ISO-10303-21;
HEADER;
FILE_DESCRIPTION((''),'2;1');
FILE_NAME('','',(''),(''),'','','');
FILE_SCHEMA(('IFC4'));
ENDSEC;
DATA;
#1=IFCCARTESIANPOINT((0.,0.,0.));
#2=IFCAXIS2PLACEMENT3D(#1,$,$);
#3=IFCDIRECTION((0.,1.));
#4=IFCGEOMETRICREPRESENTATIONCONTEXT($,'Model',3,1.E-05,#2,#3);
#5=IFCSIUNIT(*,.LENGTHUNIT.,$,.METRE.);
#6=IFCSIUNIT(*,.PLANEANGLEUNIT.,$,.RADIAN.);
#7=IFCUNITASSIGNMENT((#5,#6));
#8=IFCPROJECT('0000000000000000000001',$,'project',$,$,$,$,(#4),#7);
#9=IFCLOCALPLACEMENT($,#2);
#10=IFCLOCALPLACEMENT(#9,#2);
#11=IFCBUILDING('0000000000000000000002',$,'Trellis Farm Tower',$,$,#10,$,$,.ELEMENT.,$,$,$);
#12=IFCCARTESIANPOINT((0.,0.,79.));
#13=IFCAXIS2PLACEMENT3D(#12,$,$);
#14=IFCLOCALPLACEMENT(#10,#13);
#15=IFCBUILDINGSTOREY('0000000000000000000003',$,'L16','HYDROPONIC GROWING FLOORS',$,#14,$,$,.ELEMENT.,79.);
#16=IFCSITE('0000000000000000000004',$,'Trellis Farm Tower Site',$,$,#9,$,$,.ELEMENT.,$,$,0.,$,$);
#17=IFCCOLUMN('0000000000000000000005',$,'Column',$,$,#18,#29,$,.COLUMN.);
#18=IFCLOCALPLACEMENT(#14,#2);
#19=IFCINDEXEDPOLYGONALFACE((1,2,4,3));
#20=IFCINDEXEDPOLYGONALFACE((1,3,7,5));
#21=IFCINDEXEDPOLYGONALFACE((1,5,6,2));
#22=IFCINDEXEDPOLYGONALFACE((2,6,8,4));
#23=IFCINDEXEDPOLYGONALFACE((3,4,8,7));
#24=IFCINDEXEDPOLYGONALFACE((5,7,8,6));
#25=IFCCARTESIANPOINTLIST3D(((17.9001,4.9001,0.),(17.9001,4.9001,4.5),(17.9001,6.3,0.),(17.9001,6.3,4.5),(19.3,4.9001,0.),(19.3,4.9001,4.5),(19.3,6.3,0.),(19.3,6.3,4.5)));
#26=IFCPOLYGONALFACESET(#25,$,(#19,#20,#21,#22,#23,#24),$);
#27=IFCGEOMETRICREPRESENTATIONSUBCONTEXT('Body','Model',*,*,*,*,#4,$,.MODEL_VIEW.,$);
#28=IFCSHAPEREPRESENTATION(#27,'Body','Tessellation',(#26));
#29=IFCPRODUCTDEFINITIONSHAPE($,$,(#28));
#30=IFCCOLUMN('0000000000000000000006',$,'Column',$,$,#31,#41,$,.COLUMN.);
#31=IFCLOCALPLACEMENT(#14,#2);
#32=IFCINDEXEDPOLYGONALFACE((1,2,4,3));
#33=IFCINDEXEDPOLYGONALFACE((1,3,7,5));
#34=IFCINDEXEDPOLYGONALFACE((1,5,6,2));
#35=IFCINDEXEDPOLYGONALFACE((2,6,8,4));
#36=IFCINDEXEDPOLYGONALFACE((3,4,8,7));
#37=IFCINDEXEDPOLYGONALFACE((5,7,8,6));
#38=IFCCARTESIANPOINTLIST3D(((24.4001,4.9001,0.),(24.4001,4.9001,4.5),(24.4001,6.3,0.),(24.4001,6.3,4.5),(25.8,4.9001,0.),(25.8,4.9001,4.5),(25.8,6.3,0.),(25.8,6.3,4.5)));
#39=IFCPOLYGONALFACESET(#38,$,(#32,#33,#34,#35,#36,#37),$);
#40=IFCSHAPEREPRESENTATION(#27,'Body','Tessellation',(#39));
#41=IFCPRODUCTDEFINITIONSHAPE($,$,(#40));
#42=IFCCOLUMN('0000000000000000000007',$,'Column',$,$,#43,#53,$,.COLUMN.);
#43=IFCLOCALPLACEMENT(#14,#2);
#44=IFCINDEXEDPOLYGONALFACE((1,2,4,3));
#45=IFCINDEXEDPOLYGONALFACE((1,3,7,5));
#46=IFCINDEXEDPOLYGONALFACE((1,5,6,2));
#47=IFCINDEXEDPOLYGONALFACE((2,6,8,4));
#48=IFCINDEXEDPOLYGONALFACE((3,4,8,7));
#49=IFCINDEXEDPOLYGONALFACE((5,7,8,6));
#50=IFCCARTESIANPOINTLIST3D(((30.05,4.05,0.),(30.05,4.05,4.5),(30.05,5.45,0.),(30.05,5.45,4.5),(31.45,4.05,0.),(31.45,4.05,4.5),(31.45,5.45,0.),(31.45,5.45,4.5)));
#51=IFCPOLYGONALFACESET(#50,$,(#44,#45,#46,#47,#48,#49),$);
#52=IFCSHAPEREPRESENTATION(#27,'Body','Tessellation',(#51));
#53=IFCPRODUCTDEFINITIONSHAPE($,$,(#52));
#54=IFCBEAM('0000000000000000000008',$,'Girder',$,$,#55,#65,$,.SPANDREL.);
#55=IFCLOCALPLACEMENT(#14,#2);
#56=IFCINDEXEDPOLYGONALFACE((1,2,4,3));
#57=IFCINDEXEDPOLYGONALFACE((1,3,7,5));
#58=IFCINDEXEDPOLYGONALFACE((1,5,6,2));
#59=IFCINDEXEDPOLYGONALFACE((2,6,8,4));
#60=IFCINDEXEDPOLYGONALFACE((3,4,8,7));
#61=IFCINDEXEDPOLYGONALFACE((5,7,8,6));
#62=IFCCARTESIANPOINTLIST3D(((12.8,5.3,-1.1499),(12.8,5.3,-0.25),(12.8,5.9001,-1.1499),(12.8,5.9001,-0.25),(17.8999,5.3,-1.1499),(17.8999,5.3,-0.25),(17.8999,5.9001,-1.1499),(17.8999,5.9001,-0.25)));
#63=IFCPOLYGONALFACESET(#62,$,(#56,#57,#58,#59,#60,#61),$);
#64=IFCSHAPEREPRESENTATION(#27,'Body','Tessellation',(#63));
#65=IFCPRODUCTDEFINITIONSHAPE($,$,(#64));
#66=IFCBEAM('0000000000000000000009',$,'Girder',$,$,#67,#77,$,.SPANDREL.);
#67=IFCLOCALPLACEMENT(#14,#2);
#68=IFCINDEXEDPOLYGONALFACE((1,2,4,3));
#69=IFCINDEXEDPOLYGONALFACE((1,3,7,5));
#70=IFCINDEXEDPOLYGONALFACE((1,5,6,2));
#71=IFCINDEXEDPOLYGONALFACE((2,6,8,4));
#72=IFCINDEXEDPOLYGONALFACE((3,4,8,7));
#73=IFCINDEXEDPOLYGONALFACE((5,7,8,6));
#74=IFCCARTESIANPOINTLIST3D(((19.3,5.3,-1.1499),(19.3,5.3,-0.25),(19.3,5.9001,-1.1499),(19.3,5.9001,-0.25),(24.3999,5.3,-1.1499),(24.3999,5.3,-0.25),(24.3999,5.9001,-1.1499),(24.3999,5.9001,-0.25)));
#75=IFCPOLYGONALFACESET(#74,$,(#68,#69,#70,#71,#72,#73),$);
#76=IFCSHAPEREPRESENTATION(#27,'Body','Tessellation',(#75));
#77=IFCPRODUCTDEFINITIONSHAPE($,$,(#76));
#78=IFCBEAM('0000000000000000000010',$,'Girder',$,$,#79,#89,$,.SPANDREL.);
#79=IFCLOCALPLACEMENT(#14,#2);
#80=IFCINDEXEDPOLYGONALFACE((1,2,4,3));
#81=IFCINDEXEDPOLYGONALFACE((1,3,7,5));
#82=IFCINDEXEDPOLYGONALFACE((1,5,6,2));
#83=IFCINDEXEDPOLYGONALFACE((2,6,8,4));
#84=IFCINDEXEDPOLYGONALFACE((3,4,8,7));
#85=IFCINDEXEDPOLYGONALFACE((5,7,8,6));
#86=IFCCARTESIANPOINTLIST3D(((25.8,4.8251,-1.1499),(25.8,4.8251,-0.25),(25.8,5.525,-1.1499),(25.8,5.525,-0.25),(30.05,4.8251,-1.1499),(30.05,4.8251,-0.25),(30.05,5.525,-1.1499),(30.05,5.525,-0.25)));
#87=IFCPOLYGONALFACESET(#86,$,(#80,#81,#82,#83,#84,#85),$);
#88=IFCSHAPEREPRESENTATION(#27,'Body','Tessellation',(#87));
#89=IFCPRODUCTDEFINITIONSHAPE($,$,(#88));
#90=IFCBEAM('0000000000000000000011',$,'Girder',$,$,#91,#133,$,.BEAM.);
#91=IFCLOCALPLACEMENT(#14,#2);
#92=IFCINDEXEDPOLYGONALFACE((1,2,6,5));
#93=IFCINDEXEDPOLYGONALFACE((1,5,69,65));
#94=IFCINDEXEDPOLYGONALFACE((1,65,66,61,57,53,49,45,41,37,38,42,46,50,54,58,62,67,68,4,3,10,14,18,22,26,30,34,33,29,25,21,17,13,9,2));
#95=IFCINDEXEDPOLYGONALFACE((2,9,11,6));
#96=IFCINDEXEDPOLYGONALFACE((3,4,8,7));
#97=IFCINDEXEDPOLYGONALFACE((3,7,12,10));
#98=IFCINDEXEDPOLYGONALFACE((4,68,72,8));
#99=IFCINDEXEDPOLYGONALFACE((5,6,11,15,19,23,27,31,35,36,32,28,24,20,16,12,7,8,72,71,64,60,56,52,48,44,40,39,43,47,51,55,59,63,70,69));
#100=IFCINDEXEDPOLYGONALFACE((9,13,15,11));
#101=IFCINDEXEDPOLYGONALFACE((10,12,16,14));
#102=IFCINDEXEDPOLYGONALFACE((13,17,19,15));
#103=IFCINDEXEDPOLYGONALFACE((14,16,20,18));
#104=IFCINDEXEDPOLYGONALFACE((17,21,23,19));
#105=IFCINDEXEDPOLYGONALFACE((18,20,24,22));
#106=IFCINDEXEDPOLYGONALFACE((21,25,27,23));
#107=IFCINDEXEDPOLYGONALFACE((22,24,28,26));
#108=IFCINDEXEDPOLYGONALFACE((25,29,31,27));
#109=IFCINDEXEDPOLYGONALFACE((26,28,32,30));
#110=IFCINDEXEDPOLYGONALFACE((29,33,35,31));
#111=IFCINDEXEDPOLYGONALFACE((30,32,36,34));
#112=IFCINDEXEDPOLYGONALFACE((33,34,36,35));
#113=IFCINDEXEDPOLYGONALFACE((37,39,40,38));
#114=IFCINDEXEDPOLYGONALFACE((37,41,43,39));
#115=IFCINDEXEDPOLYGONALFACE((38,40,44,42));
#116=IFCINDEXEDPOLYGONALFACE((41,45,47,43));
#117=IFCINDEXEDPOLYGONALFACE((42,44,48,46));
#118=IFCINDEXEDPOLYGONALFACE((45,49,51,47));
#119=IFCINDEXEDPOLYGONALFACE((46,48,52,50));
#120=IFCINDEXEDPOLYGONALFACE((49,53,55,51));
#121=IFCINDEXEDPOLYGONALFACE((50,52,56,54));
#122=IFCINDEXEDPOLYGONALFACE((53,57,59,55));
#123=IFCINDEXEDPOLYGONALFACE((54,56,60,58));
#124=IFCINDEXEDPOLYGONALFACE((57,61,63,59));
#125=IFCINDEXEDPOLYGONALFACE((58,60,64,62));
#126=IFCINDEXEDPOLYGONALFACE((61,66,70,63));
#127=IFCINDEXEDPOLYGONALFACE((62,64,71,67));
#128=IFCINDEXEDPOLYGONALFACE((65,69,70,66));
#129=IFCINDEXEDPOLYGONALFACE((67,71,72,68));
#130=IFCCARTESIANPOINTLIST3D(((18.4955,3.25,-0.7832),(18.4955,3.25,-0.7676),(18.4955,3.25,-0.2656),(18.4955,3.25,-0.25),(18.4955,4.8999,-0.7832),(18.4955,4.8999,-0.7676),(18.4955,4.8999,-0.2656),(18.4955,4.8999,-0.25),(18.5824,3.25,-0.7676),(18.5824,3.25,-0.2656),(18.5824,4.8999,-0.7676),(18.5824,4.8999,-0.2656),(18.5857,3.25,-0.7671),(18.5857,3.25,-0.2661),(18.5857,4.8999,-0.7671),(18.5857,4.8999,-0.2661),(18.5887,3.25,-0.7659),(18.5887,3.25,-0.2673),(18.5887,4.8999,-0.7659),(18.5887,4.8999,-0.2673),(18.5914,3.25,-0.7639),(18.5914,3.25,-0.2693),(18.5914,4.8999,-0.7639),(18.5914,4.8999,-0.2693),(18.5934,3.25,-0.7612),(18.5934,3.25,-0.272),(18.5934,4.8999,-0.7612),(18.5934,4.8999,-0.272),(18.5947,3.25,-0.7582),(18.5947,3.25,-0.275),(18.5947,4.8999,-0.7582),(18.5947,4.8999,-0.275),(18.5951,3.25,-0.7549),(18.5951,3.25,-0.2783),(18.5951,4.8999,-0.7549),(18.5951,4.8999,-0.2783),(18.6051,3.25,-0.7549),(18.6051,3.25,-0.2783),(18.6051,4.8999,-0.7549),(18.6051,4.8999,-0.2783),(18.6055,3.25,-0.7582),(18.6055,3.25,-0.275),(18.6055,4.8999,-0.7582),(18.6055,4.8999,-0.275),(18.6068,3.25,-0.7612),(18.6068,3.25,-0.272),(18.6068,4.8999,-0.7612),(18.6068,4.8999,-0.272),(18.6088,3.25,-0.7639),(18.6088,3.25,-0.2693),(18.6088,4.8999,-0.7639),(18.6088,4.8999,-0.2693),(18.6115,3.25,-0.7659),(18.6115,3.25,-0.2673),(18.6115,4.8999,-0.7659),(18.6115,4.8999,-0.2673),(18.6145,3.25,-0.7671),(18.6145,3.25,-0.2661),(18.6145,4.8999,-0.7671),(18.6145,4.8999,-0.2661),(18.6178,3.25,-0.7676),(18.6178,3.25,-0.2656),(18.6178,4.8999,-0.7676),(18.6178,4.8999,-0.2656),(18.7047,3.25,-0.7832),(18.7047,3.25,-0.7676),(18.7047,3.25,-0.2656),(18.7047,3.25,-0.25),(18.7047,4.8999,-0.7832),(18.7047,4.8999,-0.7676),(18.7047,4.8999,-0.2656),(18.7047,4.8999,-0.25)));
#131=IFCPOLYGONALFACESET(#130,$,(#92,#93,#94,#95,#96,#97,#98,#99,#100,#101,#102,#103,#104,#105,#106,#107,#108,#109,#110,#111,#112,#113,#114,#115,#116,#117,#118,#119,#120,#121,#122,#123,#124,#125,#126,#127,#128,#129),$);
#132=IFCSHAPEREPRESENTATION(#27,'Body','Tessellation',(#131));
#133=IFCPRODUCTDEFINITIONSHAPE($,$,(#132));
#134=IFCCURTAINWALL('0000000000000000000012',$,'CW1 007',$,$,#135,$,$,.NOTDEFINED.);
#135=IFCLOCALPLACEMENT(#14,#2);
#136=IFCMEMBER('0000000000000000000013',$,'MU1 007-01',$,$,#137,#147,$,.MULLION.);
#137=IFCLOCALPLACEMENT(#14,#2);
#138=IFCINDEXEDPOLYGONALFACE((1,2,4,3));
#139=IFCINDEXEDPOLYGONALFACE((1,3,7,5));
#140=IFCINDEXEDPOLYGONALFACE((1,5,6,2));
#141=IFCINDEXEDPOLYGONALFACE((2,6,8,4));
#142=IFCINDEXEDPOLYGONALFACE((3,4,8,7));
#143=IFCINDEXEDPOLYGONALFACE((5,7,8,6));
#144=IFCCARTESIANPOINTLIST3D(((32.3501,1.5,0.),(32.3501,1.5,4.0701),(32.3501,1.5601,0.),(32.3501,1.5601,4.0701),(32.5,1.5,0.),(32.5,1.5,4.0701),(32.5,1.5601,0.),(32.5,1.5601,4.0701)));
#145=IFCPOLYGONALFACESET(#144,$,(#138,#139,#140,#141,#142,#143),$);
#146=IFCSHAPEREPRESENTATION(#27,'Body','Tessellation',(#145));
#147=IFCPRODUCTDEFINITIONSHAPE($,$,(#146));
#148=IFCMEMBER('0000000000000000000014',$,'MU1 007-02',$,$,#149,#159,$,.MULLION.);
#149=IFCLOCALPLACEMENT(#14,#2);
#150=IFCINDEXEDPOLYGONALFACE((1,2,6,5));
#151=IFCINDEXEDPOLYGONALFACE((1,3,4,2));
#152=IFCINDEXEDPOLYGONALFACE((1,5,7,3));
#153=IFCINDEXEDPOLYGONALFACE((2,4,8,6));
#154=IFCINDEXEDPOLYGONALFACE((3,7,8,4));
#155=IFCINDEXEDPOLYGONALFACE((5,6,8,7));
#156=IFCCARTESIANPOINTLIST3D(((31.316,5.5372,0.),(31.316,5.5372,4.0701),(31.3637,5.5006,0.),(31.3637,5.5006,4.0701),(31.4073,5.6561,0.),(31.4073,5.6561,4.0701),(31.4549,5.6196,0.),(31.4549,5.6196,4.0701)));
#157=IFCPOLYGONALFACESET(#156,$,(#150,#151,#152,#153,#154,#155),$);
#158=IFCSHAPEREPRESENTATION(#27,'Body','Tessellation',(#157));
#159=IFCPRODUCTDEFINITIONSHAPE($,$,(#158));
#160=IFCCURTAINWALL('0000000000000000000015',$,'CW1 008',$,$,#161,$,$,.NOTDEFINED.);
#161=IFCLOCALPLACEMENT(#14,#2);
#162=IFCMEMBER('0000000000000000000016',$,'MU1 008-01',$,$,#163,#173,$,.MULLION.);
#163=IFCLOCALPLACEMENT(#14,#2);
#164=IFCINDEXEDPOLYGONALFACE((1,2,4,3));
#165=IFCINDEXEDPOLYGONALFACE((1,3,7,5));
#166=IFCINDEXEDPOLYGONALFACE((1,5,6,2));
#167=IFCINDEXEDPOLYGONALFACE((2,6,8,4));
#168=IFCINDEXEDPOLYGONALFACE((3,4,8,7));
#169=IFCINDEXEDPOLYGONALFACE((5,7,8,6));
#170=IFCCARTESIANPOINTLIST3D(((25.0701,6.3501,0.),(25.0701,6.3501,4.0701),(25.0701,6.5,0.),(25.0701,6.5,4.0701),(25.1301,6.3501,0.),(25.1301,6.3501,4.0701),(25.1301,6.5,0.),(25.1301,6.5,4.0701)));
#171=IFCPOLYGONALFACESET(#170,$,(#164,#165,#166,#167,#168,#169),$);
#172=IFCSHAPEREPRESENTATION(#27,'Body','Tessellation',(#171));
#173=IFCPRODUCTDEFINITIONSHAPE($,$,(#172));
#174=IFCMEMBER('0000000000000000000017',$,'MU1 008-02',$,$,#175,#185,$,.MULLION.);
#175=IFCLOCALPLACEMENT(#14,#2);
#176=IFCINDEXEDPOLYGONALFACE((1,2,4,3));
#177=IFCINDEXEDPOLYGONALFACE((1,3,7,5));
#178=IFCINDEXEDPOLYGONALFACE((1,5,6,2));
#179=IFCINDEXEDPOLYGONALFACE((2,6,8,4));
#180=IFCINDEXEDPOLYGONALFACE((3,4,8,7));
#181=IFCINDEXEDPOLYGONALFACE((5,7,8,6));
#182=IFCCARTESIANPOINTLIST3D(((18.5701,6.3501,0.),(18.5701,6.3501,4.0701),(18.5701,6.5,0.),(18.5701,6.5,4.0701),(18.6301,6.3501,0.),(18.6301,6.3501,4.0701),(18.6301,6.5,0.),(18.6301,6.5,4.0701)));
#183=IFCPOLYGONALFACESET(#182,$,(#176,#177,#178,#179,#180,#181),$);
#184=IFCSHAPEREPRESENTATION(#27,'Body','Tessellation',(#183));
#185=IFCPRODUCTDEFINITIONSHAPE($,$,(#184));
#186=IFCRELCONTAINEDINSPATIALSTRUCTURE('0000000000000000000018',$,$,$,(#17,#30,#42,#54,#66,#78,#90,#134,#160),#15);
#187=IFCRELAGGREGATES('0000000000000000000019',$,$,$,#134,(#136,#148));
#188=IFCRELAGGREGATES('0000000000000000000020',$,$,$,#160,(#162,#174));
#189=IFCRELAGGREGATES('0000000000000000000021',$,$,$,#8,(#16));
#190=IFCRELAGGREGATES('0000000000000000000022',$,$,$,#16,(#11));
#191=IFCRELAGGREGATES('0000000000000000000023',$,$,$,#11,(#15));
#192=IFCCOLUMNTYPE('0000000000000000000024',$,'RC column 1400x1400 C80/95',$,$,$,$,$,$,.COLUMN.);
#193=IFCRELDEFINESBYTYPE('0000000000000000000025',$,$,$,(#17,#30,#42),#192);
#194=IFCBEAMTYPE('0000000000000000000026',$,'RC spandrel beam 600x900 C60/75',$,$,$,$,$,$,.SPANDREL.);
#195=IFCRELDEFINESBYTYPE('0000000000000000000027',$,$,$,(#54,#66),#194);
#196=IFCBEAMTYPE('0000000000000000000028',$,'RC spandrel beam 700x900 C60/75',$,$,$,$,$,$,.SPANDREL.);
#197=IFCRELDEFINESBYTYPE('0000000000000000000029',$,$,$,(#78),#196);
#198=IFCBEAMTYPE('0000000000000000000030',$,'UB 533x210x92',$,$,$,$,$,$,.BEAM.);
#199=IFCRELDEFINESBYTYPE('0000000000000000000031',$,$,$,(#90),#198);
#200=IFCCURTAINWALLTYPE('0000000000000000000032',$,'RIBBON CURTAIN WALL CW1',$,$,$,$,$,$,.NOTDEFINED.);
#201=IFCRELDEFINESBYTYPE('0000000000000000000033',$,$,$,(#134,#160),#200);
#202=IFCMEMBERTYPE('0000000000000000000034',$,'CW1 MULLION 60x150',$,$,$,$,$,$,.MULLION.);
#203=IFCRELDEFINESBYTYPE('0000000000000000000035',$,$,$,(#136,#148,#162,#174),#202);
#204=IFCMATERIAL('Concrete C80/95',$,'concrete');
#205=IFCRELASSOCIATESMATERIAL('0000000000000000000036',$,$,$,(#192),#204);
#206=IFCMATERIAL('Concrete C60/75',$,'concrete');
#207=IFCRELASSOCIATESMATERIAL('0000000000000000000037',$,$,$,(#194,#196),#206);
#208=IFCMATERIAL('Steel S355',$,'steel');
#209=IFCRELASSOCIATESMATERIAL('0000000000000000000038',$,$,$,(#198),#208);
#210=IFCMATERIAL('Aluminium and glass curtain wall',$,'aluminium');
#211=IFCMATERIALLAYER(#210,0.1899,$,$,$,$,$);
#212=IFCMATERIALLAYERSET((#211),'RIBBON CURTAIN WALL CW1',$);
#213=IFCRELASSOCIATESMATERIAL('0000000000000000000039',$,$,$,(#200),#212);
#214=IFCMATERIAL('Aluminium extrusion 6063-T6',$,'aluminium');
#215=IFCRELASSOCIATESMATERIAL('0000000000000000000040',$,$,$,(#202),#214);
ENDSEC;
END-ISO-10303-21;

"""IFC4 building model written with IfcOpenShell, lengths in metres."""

from ifc_helpers import new_model, si_unit, direction, frame, origin, origin_2d, place, context, subcontext, project, spatial, rectangle, i_section, extrude, source, transform, mapped, material, layer, layer_set, material_profile, profile_set, type_object, element, aggregate, save


model = new_model("IFC4")

# Units and contexts
model_context = context("Model", 3, precision=1e-05, world=origin(), true_north=direction((0.0, 1.0)))
body_context = subcontext(model_context, "Body", "Model", "MODEL_VIEW")
ifc_project = project(units=[si_unit("LENGTHUNIT", "METRE"), si_unit("PLANEANGLEUNIT", "RADIAN")], contexts=[model_context])

# Site, building, storey
site_placement = place(None, origin())
site = spatial("IfcSite", under=ifc_project, at=site_placement, Name="Trellis Farm Tower Site", CompositionType="ELEMENT", RefElevation=0.0)
building_placement = place(site_placement, origin())
building = spatial("IfcBuilding", under=site, at=building_placement, Name="Trellis Farm Tower", CompositionType="ELEMENT")
storey_placement = place(building_placement, frame((0.0, 0.0, 79.0)))
storey = spatial("IfcBuildingStorey", under=building, at=storey_placement, Name="L16", Description="HYDROPONIC GROWING FLOORS", CompositionType="ELEMENT", Elevation=79.0)

# Columns
ifc_material_1 = material(Name="Concrete C80/95", Category="concrete")
ifc_material_profile_1 = material_profile(ifc_material_1, rectangle(XDim=1.3999, YDim=1.3999, at=origin_2d()), Name="RC column 1400x1400 C80/95")
ifc_profile_set_1 = profile_set([ifc_material_profile_1], Name="Concrete C80/95")
column_type = type_object("IfcColumnType", Name="RC column 1400x1400 C80/95", PredefinedType="COLUMN", material=ifc_profile_set_1)
shared_shape_1 = source(origin(), body_context, "Body", "SweptSolid", [
    extrude(rectangle(XDim=1.3999, YDim=1.3999, at=origin_2d()), origin(), (0.0, 0.0, 1.0), 4.5),
])
for number, where, z_axis, x_axis, name in (
    (1, (18.6001, 5.6001, 0.0), (0.0, 0.0, 1.0), (1.0, 0.0, 0.0), "Column"),
    (2, (25.1001, 5.6001, 0.0), (0.0, 0.0, 1.0), (1.0, 0.0, 0.0), "Column"),
    (3, (30.75, 4.75, 0.0), (0.0, 0.0, 1.0), (1.0, 0.0, 0.0), "Column"),
):
    element("IfcColumn", number, at=place(storey_placement, frame(where, z_axis=z_axis, x_axis=x_axis)), inside=storey, type_object=column_type, Name=name, PredefinedType="COLUMN", context=body_context, shape_type="MappedRepresentation", body=[
        mapped(shared_shape_1, transform((0.0, 0.0, 0.0))),
    ])

# Beams
ifc_material_2 = material(Name="Concrete C60/75", Category="concrete")
ifc_material_profile_2 = material_profile(ifc_material_2, rectangle(XDim=0.6001, YDim=0.8999, at=origin_2d()), Name="RC spandrel beam 600x900 C60/75")
ifc_profile_set_2 = profile_set([ifc_material_profile_2], Name="Concrete C60/75")
beam_type_1 = type_object("IfcBeamType", Name="RC spandrel beam 600x900 C60/75", PredefinedType="SPANDREL", material=ifc_profile_set_2)
shared_shape_2 = source(origin(), body_context, "Body", "SweptSolid", [
    extrude(rectangle(XDim=0.6001, YDim=0.8999, at=origin_2d()), origin(), (0.0, 0.0, 1.0), 5.0999),
])
for number, where, z_axis, x_axis, name in (
    (4, (12.8, 5.6001, -0.7), (1.0, 0.0, 0.0), (0.0, 1.0, 0.0), "Girder"),
    (5, (19.3, 5.6001, -0.7), (1.0, 0.0, 0.0), (0.0, 1.0, 0.0), "Girder"),
):
    element("IfcBeam", number, at=place(storey_placement, frame(where, z_axis=z_axis, x_axis=x_axis)), inside=storey, type_object=beam_type_1, Name=name, PredefinedType="SPANDREL", context=body_context, shape_type="MappedRepresentation", body=[
        mapped(shared_shape_2, transform((0.0, 0.0, 0.0))),
    ])
ifc_material_profile_3 = material_profile(ifc_material_2, rectangle(XDim=0.7, YDim=0.8999, at=origin_2d()), Name="RC spandrel beam 700x900 C60/75")
ifc_profile_set_3 = profile_set([ifc_material_profile_3], Name="Concrete C60/75")
beam_type_2 = type_object("IfcBeamType", Name="RC spandrel beam 700x900 C60/75", PredefinedType="SPANDREL", material=ifc_profile_set_3)
shared_shape_3 = source(origin(), body_context, "Body", "SweptSolid", [
    extrude(rectangle(XDim=0.7, YDim=0.8999, at=origin_2d()), origin(), (0.0, 0.0, 1.0), 4.25),
])
beam_1_placement = place(storey_placement, frame((25.8, 5.175, -0.7), z_axis=(1.0, 0.0, 0.0), x_axis=(0.0, 1.0, 0.0)))
element("IfcBeam", 6, at=beam_1_placement, inside=storey, type_object=beam_type_2, Name="Girder", PredefinedType="SPANDREL", context=body_context, shape_type="MappedRepresentation", body=[
    mapped(shared_shape_3, transform((0.0, 0.0, 0.0))),
])
ifc_material_3 = material(Name="Steel S355", Category="steel")
ifc_material_profile_4 = material_profile(ifc_material_3, i_section(OverallWidth=0.2092, OverallDepth=0.5332, WebThickness=0.01, FlangeThickness=0.0156, FilletRadius=0.0127, at=origin_2d()), Name="UB 533x210x92")
ifc_profile_set_4 = profile_set([ifc_material_profile_4], Name="Steel S355")
beam_type_3 = type_object("IfcBeamType", Name="UB 533x210x92", PredefinedType="BEAM", material=ifc_profile_set_4)
shared_shape_4 = source(origin(), body_context, "Body", "SweptSolid", [
    extrude(i_section(OverallWidth=0.2092, OverallDepth=0.5332, WebThickness=0.01, FlangeThickness=0.0156, FilletRadius=0.0127, at=origin_2d()), origin(), (0.0, 0.0, 1.0), 1.6499),
])
beam_2_placement = place(storey_placement, frame((18.6001, 3.25, -0.5166), z_axis=(0.0, 1.0, 0.0), x_axis=(-1.0, 0.0, 0.0)))
element("IfcBeam", 7, at=beam_2_placement, inside=storey, type_object=beam_type_3, Name="Girder", PredefinedType="BEAM", context=body_context, shape_type="MappedRepresentation", body=[
    mapped(shared_shape_4, transform((0.0, 0.0, 0.0))),
])

# Curtain walls, members
ifc_material_4 = material(Name="Aluminium and glass curtain wall", Category="aluminium")
ifc_layer_1 = layer(ifc_material_4, 0.1899)
ifc_layer_set_1 = layer_set([ifc_layer_1], Name="RIBBON CURTAIN WALL CW1")
curtain_wall_type = type_object("IfcCurtainWallType", Name="RIBBON CURTAIN WALL CW1", PredefinedType="NOTDEFINED", material=ifc_layer_set_1)
placement = place(storey_placement, origin())
curtain_wall_1 = element("IfcCurtainWall", 8, at=placement, inside=storey, type_object=curtain_wall_type, Name="CW1 007", PredefinedType="NOTDEFINED")
ifc_material_5 = material(Name="Aluminium extrusion 6063-T6", Category="aluminium")
ifc_material_profile_5 = material_profile(ifc_material_5, rectangle(XDim=0.0601, YDim=0.1499, at=origin_2d()), Name="MULLION 60x150")
ifc_profile_set_5 = profile_set([ifc_material_profile_5], Name="Aluminium extrusion 6063-T6")
member_type = type_object("IfcMemberType", Name="CW1 MULLION 60x150", PredefinedType="MULLION", material=ifc_profile_set_5)
shared_shape_5 = source(origin(), body_context, "Body", "SweptSolid", [
    extrude(rectangle(XDim=0.0601, YDim=0.1499, at=origin_2d()), origin(), (0.0, 0.0, 1.0), 4.0701),
])
member_1_placement = place(storey_placement, frame((32.425, 1.53, 0.0), z_axis=(0.0, 0.0, 1.0), x_axis=(0.0, 1.0, 0.0)))
member_1 = element("IfcMember", 9, at=member_1_placement, type_object=member_type, Name="MU1 007-01", PredefinedType="MULLION", context=body_context, shape_type="MappedRepresentation", body=[
    mapped(shared_shape_5, transform((0.0, 0.0, 0.0))),
])
member_2_placement = place(storey_placement, frame((31.3855, 5.5784, 0.0), z_axis=(0.0, 0.0, 1.0), x_axis=(-0.793353, 0.608761, 0.0)))
member_2 = element("IfcMember", 10, at=member_2_placement, type_object=member_type, Name="MU1 007-02", PredefinedType="MULLION", context=body_context, shape_type="MappedRepresentation", body=[
    mapped(shared_shape_5, transform((0.0, 0.0, 0.0))),
])
aggregate(curtain_wall_1, [member_1, member_2])
curtain_wall_2 = element("IfcCurtainWall", 11, at=placement, inside=storey, type_object=curtain_wall_type, Name="CW1 008", PredefinedType="NOTDEFINED")
member_3_placement = place(storey_placement, frame((25.1001, 6.425, 0.0), z_axis=(0.0, 0.0, 1.0), x_axis=(-1.0, 0.0, 0.0)))
member_3 = element("IfcMember", 12, at=member_3_placement, type_object=member_type, Name="MU1 008-01", PredefinedType="MULLION", context=body_context, shape_type="MappedRepresentation", body=[
    mapped(shared_shape_5, transform((0.0, 0.0, 0.0))),
])
member_4_placement = place(storey_placement, frame((18.6001, 6.425, 0.0), z_axis=(0.0, 0.0, 1.0), x_axis=(-1.0, 0.0, 0.0)))
member_4 = element("IfcMember", 13, at=member_4_placement, type_object=member_type, Name="MU1 008-02", PredefinedType="MULLION", context=body_context, shape_type="MappedRepresentation", body=[
    mapped(shared_shape_5, transform((0.0, 0.0, 0.0))),
])
aggregate(curtain_wall_2, [member_3, member_4])

save(model, "model.ifc")
